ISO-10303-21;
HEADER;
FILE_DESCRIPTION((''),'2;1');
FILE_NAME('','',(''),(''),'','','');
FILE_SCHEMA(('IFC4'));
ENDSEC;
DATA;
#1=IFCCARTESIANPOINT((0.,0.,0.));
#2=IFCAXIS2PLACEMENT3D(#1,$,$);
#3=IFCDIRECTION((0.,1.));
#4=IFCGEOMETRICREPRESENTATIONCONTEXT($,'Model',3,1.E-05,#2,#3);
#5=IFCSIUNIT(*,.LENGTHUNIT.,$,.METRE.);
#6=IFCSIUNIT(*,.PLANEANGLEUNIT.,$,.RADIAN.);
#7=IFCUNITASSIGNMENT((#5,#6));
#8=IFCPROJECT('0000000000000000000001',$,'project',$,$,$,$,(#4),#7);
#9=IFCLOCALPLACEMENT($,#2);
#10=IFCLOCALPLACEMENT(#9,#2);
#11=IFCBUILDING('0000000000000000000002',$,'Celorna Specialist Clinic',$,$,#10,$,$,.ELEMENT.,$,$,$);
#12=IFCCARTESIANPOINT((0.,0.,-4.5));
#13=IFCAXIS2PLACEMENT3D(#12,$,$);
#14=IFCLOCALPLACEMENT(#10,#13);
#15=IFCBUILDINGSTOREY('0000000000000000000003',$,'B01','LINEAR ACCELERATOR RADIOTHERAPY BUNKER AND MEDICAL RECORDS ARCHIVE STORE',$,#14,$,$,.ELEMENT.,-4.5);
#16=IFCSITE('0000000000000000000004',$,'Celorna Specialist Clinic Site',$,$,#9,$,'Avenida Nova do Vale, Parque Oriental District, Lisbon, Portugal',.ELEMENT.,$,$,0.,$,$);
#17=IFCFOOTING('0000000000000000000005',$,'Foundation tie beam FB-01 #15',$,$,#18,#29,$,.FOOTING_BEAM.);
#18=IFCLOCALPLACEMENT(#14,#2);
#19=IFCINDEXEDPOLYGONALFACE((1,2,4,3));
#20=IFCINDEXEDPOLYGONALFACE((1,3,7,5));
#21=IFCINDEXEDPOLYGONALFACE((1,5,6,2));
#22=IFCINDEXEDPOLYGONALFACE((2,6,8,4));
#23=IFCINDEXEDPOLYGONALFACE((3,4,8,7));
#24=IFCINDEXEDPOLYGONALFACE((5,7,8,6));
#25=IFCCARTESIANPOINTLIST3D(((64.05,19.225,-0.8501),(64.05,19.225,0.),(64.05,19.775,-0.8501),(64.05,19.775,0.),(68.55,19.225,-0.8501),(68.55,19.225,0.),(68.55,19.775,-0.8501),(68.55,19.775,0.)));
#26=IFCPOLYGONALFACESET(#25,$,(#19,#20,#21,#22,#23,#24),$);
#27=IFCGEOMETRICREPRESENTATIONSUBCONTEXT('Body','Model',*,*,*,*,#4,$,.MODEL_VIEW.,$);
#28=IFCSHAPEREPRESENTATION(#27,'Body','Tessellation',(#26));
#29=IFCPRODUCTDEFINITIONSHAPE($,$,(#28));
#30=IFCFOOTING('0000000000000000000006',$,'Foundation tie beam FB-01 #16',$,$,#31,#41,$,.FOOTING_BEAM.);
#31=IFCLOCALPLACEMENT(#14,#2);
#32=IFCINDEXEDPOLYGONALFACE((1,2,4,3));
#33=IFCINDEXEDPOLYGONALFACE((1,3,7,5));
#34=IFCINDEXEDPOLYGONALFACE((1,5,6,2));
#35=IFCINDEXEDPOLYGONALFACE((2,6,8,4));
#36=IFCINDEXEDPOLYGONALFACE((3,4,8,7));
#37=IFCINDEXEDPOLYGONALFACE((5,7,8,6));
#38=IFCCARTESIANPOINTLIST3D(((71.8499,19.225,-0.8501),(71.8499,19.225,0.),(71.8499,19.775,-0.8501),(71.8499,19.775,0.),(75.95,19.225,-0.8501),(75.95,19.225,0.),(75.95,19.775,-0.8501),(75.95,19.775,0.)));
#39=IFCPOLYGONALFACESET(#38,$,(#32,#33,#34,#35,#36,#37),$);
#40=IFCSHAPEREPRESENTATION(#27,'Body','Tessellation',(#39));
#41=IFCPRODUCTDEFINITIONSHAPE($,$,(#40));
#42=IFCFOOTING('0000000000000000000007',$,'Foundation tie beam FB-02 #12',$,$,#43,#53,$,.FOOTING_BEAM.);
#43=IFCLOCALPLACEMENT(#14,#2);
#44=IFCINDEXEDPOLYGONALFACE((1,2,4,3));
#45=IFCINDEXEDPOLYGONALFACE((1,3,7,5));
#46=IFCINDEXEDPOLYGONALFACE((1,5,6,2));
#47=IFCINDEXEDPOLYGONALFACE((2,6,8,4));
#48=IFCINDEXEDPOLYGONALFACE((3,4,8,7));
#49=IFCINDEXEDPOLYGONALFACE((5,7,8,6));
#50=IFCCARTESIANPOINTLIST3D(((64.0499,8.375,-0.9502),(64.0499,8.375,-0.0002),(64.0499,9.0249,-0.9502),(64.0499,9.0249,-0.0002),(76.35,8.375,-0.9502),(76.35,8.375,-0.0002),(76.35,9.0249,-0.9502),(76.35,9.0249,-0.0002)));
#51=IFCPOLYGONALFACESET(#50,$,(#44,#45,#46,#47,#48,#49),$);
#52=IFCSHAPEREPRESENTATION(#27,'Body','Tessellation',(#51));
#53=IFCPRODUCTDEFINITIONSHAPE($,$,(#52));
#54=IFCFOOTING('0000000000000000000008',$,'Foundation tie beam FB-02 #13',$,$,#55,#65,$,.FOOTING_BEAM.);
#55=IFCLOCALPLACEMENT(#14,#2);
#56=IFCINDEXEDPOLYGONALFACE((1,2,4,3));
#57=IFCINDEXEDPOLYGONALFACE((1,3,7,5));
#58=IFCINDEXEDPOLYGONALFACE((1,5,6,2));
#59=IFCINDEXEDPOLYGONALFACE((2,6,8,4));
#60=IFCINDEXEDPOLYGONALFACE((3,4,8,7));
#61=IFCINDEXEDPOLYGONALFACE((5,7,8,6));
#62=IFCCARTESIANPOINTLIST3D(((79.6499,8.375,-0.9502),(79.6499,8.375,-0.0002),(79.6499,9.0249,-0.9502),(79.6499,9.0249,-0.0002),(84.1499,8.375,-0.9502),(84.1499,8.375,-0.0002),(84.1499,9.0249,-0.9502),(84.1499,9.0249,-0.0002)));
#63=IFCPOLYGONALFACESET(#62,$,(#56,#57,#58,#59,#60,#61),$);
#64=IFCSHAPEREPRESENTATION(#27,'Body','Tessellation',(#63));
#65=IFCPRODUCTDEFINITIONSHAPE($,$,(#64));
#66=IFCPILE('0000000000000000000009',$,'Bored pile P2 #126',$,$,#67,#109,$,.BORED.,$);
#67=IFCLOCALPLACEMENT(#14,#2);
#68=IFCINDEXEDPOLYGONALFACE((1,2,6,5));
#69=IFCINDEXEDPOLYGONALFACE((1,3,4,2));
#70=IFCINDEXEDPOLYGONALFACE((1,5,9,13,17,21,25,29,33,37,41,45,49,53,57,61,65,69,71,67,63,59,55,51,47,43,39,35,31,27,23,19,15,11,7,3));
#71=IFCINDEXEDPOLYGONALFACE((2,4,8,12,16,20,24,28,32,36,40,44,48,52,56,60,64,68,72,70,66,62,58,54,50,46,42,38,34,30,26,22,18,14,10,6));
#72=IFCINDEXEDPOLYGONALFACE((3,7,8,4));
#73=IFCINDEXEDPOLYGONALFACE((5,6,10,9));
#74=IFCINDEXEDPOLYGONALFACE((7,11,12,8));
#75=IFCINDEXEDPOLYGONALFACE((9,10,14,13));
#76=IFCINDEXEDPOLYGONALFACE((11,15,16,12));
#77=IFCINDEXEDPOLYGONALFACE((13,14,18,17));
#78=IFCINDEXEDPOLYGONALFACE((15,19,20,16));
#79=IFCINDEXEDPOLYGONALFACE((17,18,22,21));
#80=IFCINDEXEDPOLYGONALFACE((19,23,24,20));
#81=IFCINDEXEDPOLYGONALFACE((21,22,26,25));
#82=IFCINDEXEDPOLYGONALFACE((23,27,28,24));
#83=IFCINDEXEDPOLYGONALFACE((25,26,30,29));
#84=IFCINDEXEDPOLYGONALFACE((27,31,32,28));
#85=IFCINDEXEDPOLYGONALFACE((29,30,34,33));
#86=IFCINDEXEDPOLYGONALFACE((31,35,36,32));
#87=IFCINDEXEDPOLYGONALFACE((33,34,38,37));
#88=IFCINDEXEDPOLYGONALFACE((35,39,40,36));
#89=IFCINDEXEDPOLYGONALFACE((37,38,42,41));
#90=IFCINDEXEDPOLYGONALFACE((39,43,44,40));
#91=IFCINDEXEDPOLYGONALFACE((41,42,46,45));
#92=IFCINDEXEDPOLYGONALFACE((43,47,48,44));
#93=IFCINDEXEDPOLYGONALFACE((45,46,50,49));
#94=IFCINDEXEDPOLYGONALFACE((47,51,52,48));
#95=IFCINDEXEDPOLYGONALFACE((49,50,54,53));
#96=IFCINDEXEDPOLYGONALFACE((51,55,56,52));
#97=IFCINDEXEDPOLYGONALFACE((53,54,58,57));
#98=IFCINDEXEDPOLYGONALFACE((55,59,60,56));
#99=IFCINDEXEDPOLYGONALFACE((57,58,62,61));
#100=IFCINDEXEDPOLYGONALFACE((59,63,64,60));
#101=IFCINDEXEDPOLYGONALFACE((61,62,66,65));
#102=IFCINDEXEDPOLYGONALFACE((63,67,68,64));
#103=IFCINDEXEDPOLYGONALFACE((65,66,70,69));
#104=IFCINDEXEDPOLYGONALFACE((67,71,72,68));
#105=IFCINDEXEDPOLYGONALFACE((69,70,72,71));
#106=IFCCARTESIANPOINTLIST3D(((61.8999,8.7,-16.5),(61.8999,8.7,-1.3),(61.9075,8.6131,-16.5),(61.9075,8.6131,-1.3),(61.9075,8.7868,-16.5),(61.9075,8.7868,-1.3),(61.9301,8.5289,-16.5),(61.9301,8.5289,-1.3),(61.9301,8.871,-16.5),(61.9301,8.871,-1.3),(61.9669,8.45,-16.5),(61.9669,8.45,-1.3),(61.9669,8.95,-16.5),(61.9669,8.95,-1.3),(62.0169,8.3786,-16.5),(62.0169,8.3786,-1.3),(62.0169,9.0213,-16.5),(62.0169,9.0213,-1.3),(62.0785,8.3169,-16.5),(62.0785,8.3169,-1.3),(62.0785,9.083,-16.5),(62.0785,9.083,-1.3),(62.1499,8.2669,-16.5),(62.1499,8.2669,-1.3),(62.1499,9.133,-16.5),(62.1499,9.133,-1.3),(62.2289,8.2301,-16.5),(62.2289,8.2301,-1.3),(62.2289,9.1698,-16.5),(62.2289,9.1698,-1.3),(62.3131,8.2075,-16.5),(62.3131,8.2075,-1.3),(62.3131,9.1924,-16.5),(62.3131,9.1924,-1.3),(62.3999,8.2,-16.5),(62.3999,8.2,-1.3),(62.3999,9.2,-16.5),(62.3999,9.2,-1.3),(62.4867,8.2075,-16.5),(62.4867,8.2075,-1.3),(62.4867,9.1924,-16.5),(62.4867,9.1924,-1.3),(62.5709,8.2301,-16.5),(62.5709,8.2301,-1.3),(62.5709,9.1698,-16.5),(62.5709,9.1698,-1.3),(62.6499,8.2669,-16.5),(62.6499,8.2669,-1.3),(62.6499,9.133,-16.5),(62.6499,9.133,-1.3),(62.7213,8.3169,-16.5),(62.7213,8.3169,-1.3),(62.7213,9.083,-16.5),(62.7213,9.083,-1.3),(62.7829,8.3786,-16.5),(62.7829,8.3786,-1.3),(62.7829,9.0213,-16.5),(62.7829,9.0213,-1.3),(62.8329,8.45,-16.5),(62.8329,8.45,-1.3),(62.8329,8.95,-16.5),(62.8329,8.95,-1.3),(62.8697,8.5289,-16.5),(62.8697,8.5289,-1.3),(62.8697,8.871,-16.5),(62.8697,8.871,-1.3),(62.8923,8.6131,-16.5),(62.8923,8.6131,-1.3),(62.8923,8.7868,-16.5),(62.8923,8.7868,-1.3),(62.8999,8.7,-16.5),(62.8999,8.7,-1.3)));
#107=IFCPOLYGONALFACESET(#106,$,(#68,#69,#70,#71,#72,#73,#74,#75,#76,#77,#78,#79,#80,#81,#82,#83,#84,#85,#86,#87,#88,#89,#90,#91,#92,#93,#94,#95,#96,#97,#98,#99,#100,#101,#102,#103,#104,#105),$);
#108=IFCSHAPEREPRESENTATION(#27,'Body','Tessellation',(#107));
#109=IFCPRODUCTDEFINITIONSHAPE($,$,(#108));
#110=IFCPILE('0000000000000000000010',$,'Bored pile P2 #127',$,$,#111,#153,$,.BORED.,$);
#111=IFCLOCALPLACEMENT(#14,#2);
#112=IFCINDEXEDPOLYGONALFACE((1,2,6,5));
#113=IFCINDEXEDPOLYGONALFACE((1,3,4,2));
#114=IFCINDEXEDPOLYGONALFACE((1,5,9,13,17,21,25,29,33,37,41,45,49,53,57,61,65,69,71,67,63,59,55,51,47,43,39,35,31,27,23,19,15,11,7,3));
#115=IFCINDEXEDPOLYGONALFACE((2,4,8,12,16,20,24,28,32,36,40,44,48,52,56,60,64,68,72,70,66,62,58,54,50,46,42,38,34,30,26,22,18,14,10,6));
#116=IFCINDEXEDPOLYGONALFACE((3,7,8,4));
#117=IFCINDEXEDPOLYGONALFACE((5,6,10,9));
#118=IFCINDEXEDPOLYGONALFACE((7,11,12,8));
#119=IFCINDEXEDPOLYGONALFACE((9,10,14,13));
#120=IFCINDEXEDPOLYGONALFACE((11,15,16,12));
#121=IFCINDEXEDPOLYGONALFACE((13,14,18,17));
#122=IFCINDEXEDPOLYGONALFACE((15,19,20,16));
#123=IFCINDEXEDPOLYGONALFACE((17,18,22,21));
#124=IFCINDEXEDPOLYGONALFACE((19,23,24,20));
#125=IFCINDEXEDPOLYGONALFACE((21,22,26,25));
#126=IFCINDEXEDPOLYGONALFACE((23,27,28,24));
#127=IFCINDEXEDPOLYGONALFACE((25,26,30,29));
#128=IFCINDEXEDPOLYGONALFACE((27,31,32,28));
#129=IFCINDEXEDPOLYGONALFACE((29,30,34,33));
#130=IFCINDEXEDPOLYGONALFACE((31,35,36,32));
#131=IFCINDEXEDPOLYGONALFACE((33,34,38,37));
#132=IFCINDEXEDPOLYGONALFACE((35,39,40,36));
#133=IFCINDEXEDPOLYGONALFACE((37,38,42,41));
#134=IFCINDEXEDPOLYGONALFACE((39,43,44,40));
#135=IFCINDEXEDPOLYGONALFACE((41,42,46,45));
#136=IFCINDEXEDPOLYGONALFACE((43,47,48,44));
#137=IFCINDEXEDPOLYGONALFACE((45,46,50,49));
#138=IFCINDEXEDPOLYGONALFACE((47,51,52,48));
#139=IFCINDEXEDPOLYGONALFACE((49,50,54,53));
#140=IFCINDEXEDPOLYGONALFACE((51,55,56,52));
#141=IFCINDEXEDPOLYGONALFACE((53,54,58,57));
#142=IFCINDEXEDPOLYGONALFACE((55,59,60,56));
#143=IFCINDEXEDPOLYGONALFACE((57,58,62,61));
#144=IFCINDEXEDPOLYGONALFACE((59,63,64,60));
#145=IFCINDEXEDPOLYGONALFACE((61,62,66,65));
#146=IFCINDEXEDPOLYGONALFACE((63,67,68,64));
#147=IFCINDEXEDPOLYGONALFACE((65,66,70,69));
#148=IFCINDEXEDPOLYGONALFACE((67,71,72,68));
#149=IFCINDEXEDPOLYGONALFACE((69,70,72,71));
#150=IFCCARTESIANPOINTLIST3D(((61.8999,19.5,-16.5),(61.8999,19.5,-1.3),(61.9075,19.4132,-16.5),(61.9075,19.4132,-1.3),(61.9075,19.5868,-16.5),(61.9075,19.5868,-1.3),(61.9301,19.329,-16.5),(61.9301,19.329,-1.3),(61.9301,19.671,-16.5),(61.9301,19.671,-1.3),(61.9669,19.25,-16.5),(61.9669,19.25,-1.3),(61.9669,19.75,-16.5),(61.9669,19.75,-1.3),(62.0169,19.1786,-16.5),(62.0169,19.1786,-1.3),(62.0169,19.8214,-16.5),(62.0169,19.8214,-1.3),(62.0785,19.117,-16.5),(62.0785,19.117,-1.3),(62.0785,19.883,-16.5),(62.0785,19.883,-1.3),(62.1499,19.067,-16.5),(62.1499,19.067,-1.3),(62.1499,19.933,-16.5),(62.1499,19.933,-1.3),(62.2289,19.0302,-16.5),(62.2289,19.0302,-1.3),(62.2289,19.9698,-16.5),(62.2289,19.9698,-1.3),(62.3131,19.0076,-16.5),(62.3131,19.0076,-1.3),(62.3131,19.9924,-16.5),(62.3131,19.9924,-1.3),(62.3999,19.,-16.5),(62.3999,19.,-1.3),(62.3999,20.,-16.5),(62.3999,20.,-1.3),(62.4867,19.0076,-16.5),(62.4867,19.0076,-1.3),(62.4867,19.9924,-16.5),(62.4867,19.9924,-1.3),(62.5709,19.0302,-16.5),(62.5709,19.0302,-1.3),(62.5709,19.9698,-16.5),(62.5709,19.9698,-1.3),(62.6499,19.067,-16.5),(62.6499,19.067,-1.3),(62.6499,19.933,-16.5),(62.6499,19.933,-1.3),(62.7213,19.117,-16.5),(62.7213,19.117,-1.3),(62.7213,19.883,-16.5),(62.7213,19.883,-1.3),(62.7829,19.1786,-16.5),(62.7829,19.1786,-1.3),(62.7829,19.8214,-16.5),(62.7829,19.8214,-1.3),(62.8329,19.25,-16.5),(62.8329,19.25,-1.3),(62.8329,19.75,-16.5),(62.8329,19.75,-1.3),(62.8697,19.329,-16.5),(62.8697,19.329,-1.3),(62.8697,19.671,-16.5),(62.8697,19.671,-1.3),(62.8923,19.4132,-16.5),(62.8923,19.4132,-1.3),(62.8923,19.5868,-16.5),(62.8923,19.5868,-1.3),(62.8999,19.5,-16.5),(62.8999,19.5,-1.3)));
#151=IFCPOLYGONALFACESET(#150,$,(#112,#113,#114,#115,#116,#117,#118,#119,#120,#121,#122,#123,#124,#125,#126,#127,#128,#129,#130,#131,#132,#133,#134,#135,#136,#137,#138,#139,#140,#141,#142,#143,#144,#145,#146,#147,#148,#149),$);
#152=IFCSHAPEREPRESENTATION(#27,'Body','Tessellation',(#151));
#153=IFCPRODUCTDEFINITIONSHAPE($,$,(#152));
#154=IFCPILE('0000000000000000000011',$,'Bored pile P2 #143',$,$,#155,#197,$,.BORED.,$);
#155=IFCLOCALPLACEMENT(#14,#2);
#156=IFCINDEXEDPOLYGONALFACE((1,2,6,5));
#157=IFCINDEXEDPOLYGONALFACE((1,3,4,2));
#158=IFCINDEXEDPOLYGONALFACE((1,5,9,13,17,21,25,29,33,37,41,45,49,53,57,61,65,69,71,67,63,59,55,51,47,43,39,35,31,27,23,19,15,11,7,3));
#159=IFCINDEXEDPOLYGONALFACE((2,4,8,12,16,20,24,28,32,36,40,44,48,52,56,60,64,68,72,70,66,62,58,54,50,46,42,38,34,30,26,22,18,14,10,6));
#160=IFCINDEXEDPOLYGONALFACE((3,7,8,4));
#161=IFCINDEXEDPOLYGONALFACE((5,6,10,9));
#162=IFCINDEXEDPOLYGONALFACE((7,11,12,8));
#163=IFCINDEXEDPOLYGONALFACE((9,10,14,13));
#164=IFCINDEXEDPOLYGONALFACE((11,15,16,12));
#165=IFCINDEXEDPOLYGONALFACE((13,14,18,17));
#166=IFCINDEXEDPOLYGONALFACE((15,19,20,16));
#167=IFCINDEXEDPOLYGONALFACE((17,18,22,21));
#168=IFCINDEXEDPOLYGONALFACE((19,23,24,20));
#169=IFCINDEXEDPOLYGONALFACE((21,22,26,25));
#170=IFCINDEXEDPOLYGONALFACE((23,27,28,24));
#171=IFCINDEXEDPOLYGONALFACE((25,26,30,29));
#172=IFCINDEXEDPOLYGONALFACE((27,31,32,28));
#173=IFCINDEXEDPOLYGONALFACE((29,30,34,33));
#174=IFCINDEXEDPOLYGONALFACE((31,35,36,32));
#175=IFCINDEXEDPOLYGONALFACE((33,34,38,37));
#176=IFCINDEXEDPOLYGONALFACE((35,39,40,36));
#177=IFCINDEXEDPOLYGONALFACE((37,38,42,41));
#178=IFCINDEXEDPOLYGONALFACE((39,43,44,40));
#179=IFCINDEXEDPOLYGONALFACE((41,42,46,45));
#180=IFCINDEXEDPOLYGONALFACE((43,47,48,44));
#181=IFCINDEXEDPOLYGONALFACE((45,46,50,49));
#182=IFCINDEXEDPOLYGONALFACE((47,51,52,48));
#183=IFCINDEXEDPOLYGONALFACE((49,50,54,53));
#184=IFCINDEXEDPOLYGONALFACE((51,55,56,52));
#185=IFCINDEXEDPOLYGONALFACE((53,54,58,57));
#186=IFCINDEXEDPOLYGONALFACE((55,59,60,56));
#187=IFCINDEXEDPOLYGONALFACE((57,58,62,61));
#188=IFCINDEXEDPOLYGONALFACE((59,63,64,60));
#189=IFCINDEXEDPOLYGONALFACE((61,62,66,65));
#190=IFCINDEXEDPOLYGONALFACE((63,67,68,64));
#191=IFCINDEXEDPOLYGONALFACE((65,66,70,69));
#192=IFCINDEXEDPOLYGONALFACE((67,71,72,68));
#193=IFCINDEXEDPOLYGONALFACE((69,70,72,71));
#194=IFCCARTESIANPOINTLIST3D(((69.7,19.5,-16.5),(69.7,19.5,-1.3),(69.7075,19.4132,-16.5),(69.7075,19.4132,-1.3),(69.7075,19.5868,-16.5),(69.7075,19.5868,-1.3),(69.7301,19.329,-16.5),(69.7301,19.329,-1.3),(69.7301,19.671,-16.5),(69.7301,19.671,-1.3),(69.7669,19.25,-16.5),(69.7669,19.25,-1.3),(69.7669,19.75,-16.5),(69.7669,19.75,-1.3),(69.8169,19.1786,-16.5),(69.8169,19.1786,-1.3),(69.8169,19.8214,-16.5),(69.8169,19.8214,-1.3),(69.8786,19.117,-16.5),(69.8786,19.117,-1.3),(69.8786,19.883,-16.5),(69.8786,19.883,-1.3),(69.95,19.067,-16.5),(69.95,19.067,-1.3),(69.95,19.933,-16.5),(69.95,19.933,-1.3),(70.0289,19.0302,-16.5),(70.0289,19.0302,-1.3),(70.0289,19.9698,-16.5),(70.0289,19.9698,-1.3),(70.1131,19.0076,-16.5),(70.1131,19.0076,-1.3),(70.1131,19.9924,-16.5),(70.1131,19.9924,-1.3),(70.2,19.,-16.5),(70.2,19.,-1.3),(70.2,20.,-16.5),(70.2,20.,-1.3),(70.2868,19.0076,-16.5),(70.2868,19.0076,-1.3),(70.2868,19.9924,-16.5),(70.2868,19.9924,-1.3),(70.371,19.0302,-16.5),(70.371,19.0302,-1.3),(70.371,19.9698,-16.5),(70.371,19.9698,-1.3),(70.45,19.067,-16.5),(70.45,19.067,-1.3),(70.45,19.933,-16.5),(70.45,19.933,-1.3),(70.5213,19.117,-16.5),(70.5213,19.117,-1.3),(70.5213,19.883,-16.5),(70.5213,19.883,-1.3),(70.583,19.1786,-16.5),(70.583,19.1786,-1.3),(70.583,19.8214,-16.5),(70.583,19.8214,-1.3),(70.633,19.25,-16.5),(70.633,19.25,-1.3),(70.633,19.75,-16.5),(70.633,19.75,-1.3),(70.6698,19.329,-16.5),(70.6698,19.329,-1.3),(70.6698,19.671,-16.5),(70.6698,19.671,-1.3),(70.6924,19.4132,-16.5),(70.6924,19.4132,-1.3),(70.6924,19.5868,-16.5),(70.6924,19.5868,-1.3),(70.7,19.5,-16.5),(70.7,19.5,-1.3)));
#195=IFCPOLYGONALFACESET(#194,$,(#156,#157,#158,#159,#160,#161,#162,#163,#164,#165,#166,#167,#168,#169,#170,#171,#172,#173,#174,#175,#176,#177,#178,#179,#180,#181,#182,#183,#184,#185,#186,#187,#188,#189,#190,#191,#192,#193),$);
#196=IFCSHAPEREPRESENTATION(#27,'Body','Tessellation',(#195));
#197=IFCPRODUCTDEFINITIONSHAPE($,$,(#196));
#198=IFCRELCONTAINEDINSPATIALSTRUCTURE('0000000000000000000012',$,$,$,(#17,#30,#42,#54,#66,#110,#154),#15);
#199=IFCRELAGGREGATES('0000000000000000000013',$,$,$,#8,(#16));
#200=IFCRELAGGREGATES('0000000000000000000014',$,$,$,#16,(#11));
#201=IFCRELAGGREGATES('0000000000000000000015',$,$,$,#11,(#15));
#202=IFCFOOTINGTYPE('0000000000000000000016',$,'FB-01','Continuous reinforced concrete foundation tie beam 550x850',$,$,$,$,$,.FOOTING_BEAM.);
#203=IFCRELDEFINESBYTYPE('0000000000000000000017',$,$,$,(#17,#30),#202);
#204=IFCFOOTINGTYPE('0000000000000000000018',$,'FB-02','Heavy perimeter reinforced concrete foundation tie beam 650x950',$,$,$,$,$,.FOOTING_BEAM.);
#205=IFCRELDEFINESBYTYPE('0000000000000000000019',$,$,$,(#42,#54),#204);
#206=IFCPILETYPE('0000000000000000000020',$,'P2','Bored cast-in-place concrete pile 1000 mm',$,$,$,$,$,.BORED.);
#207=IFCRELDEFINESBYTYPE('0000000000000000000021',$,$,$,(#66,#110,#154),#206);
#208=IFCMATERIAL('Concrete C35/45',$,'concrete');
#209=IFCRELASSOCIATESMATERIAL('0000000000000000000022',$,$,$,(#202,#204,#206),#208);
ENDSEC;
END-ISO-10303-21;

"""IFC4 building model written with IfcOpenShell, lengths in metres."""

from ifc_helpers import new_model, si_unit, direction, frame, origin, origin_2d, place, context, subcontext, project, spatial, rectangle, circle, extrude, material, material_profile, profile_set, type_object, element, save


model = new_model("IFC4")

# Units and contexts
model_context = context("Model", 3, precision=1e-05, world=origin(), true_north=direction((0.0, 1.0)))
body_context = subcontext(model_context, "Body", "Model", "MODEL_VIEW")
ifc_project = project(units=[si_unit("LENGTHUNIT", "METRE"), si_unit("PLANEANGLEUNIT", "RADIAN")], contexts=[model_context])

# Site, building, storey
site_placement = place(None, origin())
site = spatial("IfcSite", under=ifc_project, at=site_placement, Name="Celorna Specialist Clinic Site", LongName="Avenida Nova do Vale, Parque Oriental District, Lisbon, Portugal", CompositionType="ELEMENT", RefElevation=0.0)
building_placement = place(site_placement, origin())
building = spatial("IfcBuilding", under=site, at=building_placement, Name="Celorna Specialist Clinic", CompositionType="ELEMENT")
storey_placement = place(building_placement, frame((0.0, 0.0, -4.5)))
storey = spatial("IfcBuildingStorey", under=building, at=storey_placement, Name="B01", Description="LINEAR ACCELERATOR RADIOTHERAPY BUNKER AND MEDICAL RECORDS ARCHIVE STORE", CompositionType="ELEMENT", Elevation=-4.5)

# Footings
ifc_material_1 = material(Name="Concrete C35/45", Category="concrete")
footing_type_1 = type_object("IfcFootingType", Name="FB-01", Description="Continuous reinforced concrete foundation tie beam 550x850", PredefinedType="FOOTING_BEAM", material=ifc_material_1)
footing_1_placement = place(storey_placement, frame((66.3, 19.5, -0.8501), z_axis=(0.0, 0.0, 1.0), x_axis=(1.0, 0.0, 0.0)))
element("IfcFooting", 1, at=footing_1_placement, inside=storey, type_object=footing_type_1, Name="Foundation tie beam FB-01 #15", PredefinedType="FOOTING_BEAM", context=body_context, shape_type="SweptSolid", body=[
    extrude(rectangle(XDim=4.5, YDim=0.55, at=origin_2d()), origin(), (0.0, 0.0, 1.0), 0.8501),
])
footing_2_placement = place(storey_placement, frame((73.8999, 19.5, -0.8501), z_axis=(0.0, 0.0, 1.0), x_axis=(1.0, 0.0, 0.0)))
element("IfcFooting", 2, at=footing_2_placement, inside=storey, type_object=footing_type_1, Name="Foundation tie beam FB-01 #16", PredefinedType="FOOTING_BEAM", context=body_context, shape_type="SweptSolid", body=[
    extrude(rectangle(XDim=4.1001, YDim=0.55, at=origin_2d()), origin(), (0.0, 0.0, 1.0), 0.8501),
])
footing_type_2 = type_object("IfcFootingType", Name="FB-02", Description="Heavy perimeter reinforced concrete foundation tie beam 650x950", PredefinedType="FOOTING_BEAM", material=ifc_material_1)
footing_3_placement = place(storey_placement, frame((70.2, 8.7, -0.9502), z_axis=(0.0, 0.0, 1.0), x_axis=(1.0, 0.0, 0.0)))
element("IfcFooting", 3, at=footing_3_placement, inside=storey, type_object=footing_type_2, Name="Foundation tie beam FB-02 #12", PredefinedType="FOOTING_BEAM", context=body_context, shape_type="SweptSolid", body=[
    extrude(rectangle(XDim=12.3, YDim=0.6499, at=origin_2d()), origin(), (0.0, 0.0, 1.0), 0.95),
])
footing_4_placement = place(storey_placement, frame((81.8999, 8.7, -0.9502), z_axis=(0.0, 0.0, 1.0), x_axis=(1.0, 0.0, 0.0)))
element("IfcFooting", 4, at=footing_4_placement, inside=storey, type_object=footing_type_2, Name="Foundation tie beam FB-02 #13", PredefinedType="FOOTING_BEAM", context=body_context, shape_type="SweptSolid", body=[
    extrude(rectangle(XDim=4.5, YDim=0.6499, at=origin_2d()), origin(), (0.0, 0.0, 1.0), 0.95),
])

# Piles
ifc_material_profile_1 = material_profile(ifc_material_1, circle(Radius=0.5, at=origin_2d()), Name="BORED PILE 1000")
ifc_profile_set_1 = profile_set([ifc_material_profile_1], Name="Concrete C35/45")
pile_type = type_object("IfcPileType", Name="P2", Description="Bored cast-in-place concrete pile 1000 mm", PredefinedType="BORED", material=ifc_profile_set_1)
for number, where, z_axis, x_axis, name in (
    (5, (62.3999, 8.7, -1.3), (0.0, 0.0, -1.0), (1.0, 0.0, 0.0), "Bored pile P2 #126"),
    (6, (62.3999, 19.5, -1.3), (0.0, 0.0, -1.0), (1.0, 0.0, 0.0), "Bored pile P2 #127"),
    (7, (70.2, 19.5, -1.3), (0.0, 0.0, -1.0), (1.0, 0.0, 0.0), "Bored pile P2 #143"),
):
    element("IfcPile", number, at=place(storey_placement, frame(where, z_axis=z_axis, x_axis=x_axis)), inside=storey, type_object=pile_type, Name=name, PredefinedType="BORED", context=body_context, shape_type="SweptSolid", body=[
        extrude(circle(Radius=0.5, at=origin_2d()), origin(), (0.0, 0.0, 1.0), 15.2),
    ])

save(model, "model.ifc")
